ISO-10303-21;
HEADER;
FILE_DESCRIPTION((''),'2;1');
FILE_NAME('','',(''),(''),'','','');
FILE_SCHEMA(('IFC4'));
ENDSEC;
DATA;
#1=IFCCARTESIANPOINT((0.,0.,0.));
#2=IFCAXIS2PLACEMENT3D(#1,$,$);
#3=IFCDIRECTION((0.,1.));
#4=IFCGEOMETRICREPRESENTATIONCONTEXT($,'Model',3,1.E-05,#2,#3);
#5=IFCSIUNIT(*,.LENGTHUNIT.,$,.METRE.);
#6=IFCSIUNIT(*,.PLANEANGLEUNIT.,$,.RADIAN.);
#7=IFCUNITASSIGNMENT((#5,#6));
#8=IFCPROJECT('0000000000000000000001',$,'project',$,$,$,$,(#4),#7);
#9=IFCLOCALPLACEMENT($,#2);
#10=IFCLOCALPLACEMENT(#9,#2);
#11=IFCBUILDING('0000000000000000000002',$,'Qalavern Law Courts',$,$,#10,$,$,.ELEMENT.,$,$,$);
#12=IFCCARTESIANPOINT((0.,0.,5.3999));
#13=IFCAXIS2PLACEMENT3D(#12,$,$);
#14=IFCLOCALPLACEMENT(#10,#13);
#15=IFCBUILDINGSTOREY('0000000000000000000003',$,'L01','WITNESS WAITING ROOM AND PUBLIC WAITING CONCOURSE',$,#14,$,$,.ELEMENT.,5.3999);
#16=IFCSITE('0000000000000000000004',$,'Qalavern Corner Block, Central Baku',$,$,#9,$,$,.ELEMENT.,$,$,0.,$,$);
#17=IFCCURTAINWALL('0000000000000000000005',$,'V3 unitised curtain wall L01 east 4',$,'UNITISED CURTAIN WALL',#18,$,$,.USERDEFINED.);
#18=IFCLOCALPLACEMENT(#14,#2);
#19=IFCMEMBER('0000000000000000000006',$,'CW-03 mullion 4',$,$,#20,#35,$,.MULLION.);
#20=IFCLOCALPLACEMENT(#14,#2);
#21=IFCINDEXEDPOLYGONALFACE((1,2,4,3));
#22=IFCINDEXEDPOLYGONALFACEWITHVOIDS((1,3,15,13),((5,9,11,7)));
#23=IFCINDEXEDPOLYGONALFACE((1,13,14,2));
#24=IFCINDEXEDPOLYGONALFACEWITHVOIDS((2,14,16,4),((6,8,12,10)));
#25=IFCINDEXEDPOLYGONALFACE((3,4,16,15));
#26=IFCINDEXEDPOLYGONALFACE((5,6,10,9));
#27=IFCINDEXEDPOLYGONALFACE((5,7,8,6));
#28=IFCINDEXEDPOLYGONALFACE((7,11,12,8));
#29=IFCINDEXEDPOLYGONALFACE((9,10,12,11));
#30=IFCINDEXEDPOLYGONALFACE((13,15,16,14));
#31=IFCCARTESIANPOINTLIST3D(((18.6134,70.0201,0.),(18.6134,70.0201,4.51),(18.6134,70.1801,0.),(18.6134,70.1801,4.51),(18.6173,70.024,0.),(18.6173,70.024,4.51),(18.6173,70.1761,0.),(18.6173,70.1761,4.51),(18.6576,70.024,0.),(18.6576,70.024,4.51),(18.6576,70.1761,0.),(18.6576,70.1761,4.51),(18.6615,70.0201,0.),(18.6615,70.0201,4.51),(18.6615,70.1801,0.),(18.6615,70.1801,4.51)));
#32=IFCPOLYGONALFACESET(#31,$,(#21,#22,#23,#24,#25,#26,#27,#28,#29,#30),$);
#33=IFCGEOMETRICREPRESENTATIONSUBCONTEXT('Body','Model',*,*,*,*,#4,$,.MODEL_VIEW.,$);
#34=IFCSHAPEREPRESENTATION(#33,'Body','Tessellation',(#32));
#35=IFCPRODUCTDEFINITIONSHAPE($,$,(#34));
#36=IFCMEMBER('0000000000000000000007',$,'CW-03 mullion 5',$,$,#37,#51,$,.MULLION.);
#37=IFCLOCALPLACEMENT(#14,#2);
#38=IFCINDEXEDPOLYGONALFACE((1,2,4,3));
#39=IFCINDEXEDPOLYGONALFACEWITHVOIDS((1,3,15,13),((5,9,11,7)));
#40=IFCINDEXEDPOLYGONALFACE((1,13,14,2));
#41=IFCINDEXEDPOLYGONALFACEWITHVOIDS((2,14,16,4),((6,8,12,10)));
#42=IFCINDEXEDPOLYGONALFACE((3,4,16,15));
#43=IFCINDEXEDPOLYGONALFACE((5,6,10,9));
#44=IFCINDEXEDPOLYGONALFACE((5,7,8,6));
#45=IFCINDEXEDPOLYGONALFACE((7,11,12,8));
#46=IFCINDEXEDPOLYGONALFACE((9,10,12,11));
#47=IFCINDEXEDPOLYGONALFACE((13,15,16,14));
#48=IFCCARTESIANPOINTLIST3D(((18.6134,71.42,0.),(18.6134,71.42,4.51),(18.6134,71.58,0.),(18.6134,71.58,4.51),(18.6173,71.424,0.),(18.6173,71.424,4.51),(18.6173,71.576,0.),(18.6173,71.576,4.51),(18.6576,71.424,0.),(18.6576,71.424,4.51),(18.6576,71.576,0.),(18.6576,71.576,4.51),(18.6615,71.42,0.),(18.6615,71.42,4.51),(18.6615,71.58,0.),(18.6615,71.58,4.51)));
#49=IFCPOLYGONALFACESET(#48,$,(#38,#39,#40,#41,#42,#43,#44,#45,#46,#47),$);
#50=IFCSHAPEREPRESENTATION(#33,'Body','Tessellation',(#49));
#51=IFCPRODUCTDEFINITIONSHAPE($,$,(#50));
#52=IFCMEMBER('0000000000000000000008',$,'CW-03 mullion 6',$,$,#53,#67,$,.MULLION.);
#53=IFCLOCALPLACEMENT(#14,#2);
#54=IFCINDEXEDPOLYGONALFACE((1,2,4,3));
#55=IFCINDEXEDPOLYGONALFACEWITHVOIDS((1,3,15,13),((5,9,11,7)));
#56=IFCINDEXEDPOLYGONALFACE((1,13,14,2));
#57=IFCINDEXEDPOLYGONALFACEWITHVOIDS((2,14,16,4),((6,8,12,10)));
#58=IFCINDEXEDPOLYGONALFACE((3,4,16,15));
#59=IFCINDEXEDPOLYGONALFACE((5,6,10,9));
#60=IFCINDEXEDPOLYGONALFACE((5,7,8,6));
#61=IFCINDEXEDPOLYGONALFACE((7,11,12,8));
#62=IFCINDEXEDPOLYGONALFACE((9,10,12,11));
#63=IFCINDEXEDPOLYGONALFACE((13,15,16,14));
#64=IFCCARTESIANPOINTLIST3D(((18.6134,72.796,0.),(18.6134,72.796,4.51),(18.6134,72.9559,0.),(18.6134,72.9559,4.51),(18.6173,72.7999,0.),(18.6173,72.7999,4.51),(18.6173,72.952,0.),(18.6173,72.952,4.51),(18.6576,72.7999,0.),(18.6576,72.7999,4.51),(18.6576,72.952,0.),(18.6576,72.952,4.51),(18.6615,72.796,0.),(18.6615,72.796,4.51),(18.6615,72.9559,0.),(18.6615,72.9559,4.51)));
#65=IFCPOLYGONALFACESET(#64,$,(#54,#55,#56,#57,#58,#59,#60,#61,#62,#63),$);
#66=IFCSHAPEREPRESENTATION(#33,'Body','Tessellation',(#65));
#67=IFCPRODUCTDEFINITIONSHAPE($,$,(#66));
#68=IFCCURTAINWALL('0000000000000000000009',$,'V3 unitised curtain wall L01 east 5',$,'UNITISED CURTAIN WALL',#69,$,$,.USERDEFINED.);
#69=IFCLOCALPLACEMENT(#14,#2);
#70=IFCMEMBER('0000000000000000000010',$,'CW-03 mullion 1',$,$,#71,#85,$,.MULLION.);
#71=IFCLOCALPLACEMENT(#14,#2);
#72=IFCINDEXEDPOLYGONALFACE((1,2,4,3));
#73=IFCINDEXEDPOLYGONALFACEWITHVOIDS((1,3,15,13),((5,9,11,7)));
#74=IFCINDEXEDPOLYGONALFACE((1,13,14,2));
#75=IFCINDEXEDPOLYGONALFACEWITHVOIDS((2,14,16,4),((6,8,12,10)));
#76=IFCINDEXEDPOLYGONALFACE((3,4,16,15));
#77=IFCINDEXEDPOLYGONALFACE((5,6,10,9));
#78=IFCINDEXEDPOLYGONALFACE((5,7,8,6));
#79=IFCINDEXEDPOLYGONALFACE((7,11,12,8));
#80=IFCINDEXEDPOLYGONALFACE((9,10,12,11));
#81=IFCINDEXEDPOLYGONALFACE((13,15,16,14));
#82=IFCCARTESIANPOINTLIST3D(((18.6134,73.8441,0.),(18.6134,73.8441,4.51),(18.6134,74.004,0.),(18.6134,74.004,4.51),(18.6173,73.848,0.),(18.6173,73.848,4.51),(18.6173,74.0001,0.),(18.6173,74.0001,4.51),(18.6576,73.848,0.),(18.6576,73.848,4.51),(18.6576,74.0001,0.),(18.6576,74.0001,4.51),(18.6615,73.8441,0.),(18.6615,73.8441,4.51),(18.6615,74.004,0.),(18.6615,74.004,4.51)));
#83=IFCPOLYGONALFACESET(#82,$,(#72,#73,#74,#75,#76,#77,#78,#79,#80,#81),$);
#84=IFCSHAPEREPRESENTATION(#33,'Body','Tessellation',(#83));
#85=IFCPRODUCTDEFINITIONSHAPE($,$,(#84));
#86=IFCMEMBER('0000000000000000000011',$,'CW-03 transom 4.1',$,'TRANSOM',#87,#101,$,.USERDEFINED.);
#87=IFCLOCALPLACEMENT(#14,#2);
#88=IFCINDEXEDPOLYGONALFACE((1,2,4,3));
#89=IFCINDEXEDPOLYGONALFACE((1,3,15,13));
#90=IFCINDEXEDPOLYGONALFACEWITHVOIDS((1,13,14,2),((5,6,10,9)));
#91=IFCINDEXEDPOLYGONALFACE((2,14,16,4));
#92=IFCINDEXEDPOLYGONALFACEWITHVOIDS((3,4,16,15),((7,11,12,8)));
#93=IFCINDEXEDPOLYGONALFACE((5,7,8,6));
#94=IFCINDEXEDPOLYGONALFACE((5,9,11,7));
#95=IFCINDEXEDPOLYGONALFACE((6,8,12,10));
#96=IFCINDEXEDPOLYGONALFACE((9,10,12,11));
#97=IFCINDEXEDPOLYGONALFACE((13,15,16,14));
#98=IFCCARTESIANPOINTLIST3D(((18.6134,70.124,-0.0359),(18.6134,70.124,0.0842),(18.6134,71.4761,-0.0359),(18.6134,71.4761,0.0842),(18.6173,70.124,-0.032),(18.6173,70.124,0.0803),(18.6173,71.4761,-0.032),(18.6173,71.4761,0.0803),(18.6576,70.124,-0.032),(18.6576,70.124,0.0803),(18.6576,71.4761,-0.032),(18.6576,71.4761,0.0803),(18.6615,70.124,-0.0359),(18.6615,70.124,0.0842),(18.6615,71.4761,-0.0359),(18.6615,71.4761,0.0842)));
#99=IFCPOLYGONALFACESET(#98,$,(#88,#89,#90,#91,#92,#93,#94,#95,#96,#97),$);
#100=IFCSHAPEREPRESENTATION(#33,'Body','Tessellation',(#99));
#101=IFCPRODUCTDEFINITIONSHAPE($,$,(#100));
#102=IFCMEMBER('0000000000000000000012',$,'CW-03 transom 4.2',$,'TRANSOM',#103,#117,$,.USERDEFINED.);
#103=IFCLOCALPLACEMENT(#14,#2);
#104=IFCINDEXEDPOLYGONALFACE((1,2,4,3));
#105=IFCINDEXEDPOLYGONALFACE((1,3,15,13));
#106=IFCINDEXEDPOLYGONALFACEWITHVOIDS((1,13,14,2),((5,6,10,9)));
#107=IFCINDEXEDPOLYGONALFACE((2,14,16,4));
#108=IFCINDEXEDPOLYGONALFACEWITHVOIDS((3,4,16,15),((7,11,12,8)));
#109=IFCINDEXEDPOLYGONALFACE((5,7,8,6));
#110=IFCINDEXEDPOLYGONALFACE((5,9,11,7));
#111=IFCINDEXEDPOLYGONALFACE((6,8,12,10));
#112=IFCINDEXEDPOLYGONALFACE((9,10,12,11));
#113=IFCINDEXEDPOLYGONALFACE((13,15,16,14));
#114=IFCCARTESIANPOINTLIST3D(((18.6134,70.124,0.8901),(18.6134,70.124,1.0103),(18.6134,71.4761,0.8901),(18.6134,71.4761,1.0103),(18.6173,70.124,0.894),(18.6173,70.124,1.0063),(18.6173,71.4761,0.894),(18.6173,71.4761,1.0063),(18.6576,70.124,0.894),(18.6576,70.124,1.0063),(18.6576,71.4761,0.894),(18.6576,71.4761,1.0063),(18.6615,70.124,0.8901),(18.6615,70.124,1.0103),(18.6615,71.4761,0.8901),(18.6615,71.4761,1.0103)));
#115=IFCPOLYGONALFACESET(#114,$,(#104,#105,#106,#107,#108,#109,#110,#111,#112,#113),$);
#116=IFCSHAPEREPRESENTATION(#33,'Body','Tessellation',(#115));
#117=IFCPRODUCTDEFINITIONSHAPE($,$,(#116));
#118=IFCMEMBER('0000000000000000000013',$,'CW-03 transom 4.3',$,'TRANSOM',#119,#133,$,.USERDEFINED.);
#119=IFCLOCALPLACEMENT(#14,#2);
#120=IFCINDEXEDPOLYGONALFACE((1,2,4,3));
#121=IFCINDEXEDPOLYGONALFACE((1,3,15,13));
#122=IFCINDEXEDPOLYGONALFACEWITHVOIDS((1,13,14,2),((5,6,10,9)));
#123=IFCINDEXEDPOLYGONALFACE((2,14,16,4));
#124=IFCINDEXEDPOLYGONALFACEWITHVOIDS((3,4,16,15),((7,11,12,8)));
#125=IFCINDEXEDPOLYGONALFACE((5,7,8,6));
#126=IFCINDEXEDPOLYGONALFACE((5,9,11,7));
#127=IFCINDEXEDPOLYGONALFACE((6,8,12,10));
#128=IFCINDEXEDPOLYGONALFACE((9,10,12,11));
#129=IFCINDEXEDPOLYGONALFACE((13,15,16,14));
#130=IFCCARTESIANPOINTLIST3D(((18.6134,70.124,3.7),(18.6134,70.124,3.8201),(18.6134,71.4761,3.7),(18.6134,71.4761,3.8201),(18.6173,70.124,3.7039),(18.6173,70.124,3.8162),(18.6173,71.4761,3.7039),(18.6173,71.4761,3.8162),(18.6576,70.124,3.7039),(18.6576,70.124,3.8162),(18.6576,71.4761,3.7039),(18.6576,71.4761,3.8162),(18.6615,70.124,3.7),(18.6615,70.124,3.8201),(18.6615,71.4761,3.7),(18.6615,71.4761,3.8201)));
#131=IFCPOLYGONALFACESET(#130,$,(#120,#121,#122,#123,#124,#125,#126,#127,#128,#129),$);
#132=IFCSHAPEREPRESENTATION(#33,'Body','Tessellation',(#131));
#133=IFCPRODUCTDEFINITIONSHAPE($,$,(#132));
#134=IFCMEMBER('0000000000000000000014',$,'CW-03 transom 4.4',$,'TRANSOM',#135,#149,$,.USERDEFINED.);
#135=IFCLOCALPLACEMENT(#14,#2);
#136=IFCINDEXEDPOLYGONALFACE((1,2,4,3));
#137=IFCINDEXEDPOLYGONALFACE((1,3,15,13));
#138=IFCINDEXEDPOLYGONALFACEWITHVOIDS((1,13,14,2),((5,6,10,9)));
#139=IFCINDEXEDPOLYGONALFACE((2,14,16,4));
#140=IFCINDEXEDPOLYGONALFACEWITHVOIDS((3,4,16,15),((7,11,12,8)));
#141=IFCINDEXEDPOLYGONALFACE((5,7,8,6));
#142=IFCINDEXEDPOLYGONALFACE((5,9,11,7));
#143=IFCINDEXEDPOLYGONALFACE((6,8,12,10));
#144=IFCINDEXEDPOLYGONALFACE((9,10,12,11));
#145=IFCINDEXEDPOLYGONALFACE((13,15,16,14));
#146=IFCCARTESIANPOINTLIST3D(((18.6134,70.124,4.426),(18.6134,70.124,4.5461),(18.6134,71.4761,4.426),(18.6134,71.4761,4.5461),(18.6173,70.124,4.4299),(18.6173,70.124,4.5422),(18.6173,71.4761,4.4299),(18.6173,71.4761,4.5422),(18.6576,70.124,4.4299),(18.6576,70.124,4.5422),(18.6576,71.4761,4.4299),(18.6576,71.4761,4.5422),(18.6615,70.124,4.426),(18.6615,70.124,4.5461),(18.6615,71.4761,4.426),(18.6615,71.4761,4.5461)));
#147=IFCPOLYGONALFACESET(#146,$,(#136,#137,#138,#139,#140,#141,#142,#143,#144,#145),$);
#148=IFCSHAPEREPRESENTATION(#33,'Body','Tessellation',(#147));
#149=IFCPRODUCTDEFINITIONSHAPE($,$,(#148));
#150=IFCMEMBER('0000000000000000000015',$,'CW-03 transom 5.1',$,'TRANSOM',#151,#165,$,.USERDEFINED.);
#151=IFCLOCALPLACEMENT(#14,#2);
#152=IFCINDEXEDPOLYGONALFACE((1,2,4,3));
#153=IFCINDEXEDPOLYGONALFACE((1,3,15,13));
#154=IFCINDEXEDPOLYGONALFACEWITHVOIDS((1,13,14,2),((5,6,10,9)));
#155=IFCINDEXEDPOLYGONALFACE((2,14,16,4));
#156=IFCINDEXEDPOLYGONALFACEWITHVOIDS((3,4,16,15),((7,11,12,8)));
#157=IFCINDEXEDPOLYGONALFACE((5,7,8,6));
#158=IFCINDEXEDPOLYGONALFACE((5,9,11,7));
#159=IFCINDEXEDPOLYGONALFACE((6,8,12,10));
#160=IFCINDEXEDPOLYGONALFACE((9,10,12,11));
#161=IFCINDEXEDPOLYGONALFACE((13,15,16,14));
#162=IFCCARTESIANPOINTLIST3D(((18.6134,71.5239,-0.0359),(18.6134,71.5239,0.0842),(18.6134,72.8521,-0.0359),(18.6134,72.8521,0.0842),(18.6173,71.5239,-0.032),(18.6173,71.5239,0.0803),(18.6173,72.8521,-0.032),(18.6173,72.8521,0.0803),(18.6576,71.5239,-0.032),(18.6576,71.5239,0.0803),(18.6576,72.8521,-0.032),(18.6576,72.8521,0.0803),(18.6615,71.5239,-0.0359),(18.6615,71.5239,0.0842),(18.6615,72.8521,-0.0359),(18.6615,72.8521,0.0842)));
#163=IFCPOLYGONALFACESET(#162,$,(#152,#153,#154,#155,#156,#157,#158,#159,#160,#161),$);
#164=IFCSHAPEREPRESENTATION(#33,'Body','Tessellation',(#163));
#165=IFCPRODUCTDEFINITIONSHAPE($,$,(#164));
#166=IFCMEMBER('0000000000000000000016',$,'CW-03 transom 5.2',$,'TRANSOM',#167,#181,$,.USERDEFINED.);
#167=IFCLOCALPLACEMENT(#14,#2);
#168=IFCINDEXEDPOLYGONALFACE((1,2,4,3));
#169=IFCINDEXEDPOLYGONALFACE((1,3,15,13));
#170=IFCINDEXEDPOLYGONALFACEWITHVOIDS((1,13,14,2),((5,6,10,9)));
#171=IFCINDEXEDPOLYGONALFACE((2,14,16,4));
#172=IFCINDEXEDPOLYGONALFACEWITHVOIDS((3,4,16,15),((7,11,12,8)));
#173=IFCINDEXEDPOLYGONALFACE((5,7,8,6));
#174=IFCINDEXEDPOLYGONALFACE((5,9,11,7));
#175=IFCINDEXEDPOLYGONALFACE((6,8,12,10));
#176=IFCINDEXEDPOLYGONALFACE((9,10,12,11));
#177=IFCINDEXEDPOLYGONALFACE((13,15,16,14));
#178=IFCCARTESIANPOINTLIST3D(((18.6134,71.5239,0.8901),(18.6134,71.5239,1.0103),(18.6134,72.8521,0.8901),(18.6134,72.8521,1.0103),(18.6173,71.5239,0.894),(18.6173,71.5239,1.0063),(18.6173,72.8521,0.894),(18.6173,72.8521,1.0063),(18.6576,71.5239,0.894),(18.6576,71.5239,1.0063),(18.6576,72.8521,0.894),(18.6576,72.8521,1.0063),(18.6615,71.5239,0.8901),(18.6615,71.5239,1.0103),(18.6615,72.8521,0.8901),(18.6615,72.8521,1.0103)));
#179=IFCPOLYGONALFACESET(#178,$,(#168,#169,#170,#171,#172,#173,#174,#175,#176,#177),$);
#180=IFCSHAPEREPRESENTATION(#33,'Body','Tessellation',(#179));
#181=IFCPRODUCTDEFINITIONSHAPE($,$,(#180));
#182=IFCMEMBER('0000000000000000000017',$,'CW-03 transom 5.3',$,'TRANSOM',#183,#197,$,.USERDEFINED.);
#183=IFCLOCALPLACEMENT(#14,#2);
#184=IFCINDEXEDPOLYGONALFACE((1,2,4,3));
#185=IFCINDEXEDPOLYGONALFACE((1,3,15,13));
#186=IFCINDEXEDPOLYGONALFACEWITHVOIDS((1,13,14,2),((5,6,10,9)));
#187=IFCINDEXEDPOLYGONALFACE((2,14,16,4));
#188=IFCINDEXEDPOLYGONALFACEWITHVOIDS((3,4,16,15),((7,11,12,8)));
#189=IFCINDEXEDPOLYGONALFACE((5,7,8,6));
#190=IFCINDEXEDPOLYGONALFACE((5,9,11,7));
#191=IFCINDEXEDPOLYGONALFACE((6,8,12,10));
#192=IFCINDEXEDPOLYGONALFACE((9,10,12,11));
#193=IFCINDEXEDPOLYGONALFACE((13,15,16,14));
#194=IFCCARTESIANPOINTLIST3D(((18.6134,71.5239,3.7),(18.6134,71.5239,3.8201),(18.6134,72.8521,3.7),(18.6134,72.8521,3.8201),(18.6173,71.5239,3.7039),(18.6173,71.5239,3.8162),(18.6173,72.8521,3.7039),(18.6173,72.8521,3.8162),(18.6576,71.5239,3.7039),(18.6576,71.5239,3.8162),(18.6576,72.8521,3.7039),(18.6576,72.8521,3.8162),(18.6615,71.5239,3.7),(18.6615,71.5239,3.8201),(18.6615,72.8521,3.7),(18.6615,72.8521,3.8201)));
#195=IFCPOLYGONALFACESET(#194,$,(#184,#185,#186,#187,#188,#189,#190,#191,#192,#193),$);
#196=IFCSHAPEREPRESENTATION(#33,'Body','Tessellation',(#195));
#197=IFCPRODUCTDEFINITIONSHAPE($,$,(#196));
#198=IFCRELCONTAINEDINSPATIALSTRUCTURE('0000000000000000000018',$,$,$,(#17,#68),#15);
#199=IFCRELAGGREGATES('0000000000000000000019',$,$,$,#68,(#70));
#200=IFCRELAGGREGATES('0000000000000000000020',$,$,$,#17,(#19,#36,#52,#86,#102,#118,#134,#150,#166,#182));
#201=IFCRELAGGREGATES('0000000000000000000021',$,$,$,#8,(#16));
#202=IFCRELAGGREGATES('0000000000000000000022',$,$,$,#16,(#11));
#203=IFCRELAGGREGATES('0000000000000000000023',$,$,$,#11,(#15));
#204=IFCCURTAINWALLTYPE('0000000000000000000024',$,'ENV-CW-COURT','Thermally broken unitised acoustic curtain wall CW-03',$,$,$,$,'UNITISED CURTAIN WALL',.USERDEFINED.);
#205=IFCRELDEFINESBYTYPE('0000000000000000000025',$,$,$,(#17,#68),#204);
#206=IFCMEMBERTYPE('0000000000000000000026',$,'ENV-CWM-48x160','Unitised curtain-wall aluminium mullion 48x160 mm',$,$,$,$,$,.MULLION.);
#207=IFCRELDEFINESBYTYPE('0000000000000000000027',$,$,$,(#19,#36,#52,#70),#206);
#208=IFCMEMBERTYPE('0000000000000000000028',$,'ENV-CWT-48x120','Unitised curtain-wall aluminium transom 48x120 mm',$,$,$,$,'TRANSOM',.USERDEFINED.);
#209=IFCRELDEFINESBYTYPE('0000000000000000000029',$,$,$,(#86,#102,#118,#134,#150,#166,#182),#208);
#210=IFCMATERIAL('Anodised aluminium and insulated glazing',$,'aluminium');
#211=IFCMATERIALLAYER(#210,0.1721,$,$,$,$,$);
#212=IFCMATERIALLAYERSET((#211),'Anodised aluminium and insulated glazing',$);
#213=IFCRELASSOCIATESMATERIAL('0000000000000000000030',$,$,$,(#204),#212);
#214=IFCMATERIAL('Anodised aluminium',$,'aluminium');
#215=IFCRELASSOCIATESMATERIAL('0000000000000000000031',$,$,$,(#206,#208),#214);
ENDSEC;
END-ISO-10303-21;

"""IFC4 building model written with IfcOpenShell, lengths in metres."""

from ifc_helpers import new_model, si_unit, direction, frame, origin, origin_2d, place, context, subcontext, project, spatial, hollow_rectangle, extrude, material, layer, layer_set, material_profile, profile_set, type_object, element, aggregate, save


model = new_model("IFC4")

# Units and contexts
model_context = context("Model", 3, precision=1e-05, world=origin(), true_north=direction((0.0, 1.0)))
body_context = subcontext(model_context, "Body", "Model", "MODEL_VIEW")
ifc_project = project(units=[si_unit("LENGTHUNIT", "METRE"), si_unit("PLANEANGLEUNIT", "RADIAN")], contexts=[model_context])

# Site, building, storey
site_placement = place(None, origin())
site = spatial("IfcSite", under=ifc_project, at=site_placement, Name="Qalavern Corner Block, Central Baku", CompositionType="ELEMENT", RefElevation=0.0)
building_placement = place(site_placement, origin())
building = spatial("IfcBuilding", under=site, at=building_placement, Name="Qalavern Law Courts", CompositionType="ELEMENT")
storey_placement = place(building_placement, frame((0.0, 0.0, 5.3999)))
storey = spatial("IfcBuildingStorey", under=building, at=storey_placement, Name="L01", Description="WITNESS WAITING ROOM AND PUBLIC WAITING CONCOURSE", CompositionType="ELEMENT", Elevation=5.3999)

# Curtain wall, members
ifc_material_1 = material(Name="Anodised aluminium and insulated glazing", Category="aluminium")
ifc_layer_1 = layer(ifc_material_1, 0.1721)
ifc_layer_set_1 = layer_set([ifc_layer_1], Name="Anodised aluminium and insulated glazing")
curtain_wall_type = type_object("IfcCurtainWallType", Name="ENV-CW-COURT", Description="Thermally broken unitised acoustic curtain wall CW-03", ElementType="UNITISED CURTAIN WALL", PredefinedType="USERDEFINED", material=ifc_layer_set_1)
curtain_wall_1_placement = place(storey_placement, origin())
curtain_wall_1 = element("IfcCurtainWall", 1, at=curtain_wall_1_placement, inside=storey, type_object=curtain_wall_type, Name="V3 unitised curtain wall L01 east 4", ObjectType="UNITISED CURTAIN WALL", PredefinedType="USERDEFINED")
ifc_material_2 = material(Name="Anodised aluminium", Category="aluminium")
ifc_material_profile_1 = material_profile(ifc_material_2, hollow_rectangle(XDim=0.0481, YDim=0.1599, WallThickness=0.0039, at=origin_2d()), Name="ALU MULLION 48x160")
ifc_profile_set_1 = profile_set([ifc_material_profile_1], Name="Anodised aluminium")
member_type_1 = type_object("IfcMemberType", Name="ENV-CWM-48x160", Description="Unitised curtain-wall aluminium mullion 48x160 mm", PredefinedType="MULLION", material=ifc_profile_set_1)
member_1_placement = place(storey_placement, frame((18.6375, 70.1001, 0.0), z_axis=(0.0, 0.0, 1.0), x_axis=(-1.0, 0.0, 0.0)))
member_1 = element("IfcMember", 2, at=member_1_placement, type_object=member_type_1, Name="CW-03 mullion 4", PredefinedType="MULLION", context=body_context, shape_type="SweptSolid", body=[
    extrude(hollow_rectangle(XDim=0.0481, YDim=0.1599, WallThickness=0.0039, at=origin_2d()), origin(), (0.0, 0.0, 1.0), 4.51),
])
member_2_placement = place(storey_placement, frame((18.6375, 71.5, 0.0), z_axis=(0.0, 0.0, 1.0), x_axis=(-1.0, 0.0, 0.0)))
member_2 = element("IfcMember", 3, at=member_2_placement, type_object=member_type_1, Name="CW-03 mullion 5", PredefinedType="MULLION", context=body_context, shape_type="SweptSolid", body=[
    extrude(hollow_rectangle(XDim=0.0481, YDim=0.1599, WallThickness=0.0039, at=origin_2d()), origin(), (0.0, 0.0, 1.0), 4.51),
])
member_3_placement = place(storey_placement, frame((18.6375, 72.876, 0.0), z_axis=(0.0, 0.0, 1.0), x_axis=(-1.0, 0.0, 0.0)))
member_3 = element("IfcMember", 4, at=member_3_placement, type_object=member_type_1, Name="CW-03 mullion 6", PredefinedType="MULLION", context=body_context, shape_type="SweptSolid", body=[
    extrude(hollow_rectangle(XDim=0.0481, YDim=0.1599, WallThickness=0.0039, at=origin_2d()), origin(), (0.0, 0.0, 1.0), 4.51),
])

# Curtain wall, member
curtain_wall_2_placement = place(storey_placement, origin())
curtain_wall_2 = element("IfcCurtainWall", 5, at=curtain_wall_2_placement, inside=storey, type_object=curtain_wall_type, Name="V3 unitised curtain wall L01 east 5", ObjectType="UNITISED CURTAIN WALL", PredefinedType="USERDEFINED")
member_4_placement = place(storey_placement, frame((18.6375, 73.9241, 0.0), z_axis=(0.0, 0.0, 1.0), x_axis=(-1.0, 0.0, 0.0)))
member_4 = element("IfcMember", 6, at=member_4_placement, type_object=member_type_1, Name="CW-03 mullion 1", PredefinedType="MULLION", context=body_context, shape_type="SweptSolid", body=[
    extrude(hollow_rectangle(XDim=0.0481, YDim=0.1599, WallThickness=0.0039, at=origin_2d()), origin(), (0.0, 0.0, 1.0), 4.51),
])

# Members
ifc_material_profile_2 = material_profile(ifc_material_2, hollow_rectangle(XDim=0.0481, YDim=0.1201, WallThickness=0.0039, at=origin_2d()), Name="ALU TRANSOM 48x120")
ifc_profile_set_2 = profile_set([ifc_material_profile_2], Name="Anodised aluminium")
member_type_2 = type_object("IfcMemberType", Name="ENV-CWT-48x120", Description="Unitised curtain-wall aluminium transom 48x120 mm", ElementType="TRANSOM", PredefinedType="USERDEFINED", material=ifc_profile_set_2)
member_5_placement = place(storey_placement, frame((18.6375, 70.124, 0.0242), z_axis=(0.0, 1.0, 0.0), x_axis=(-1.0, 0.0, 0.0)))
member_5 = element("IfcMember", 7, at=member_5_placement, type_object=member_type_2, Name="CW-03 transom 4.1", ObjectType="TRANSOM", PredefinedType="USERDEFINED", context=body_context, shape_type="SweptSolid", body=[
    extrude(hollow_rectangle(XDim=0.0481, YDim=0.1201, WallThickness=0.0039, at=origin_2d()), origin(), (0.0, 0.0, 1.0), 1.3521),
])
member_6_placement = place(storey_placement, frame((18.6375, 70.124, 0.9502), z_axis=(0.0, 1.0, 0.0), x_axis=(-1.0, 0.0, 0.0)))
member_6 = element("IfcMember", 8, at=member_6_placement, type_object=member_type_2, Name="CW-03 transom 4.2", ObjectType="TRANSOM", PredefinedType="USERDEFINED", context=body_context, shape_type="SweptSolid", body=[
    extrude(hollow_rectangle(XDim=0.0481, YDim=0.1201, WallThickness=0.0039, at=origin_2d()), origin(), (0.0, 0.0, 1.0), 1.3521),
])
member_7_placement = place(storey_placement, frame((18.6375, 70.124, 3.76), z_axis=(0.0, 1.0, 0.0), x_axis=(-1.0, 0.0, 0.0)))
member_7 = element("IfcMember", 9, at=member_7_placement, type_object=member_type_2, Name="CW-03 transom 4.3", ObjectType="TRANSOM", PredefinedType="USERDEFINED", context=body_context, shape_type="SweptSolid", body=[
    extrude(hollow_rectangle(XDim=0.0481, YDim=0.1201, WallThickness=0.0039, at=origin_2d()), origin(), (0.0, 0.0, 1.0), 1.3521),
])
member_8_placement = place(storey_placement, frame((18.6375, 70.124, 4.4861), z_axis=(0.0, 1.0, 0.0), x_axis=(-1.0, 0.0, 0.0)))
member_8 = element("IfcMember", 10, at=member_8_placement, type_object=member_type_2, Name="CW-03 transom 4.4", ObjectType="TRANSOM", PredefinedType="USERDEFINED", context=body_context, shape_type="SweptSolid", body=[
    extrude(hollow_rectangle(XDim=0.0481, YDim=0.1201, WallThickness=0.0039, at=origin_2d()), origin(), (0.0, 0.0, 1.0), 1.3521),
])
member_9_placement = place(storey_placement, frame((18.6375, 71.5239, 0.0242), z_axis=(0.0, 1.0, 0.0), x_axis=(-1.0, 0.0, 0.0)))
member_9 = element("IfcMember", 11, at=member_9_placement, type_object=member_type_2, Name="CW-03 transom 5.1", ObjectType="TRANSOM", PredefinedType="USERDEFINED", context=body_context, shape_type="SweptSolid", body=[
    extrude(hollow_rectangle(XDim=0.0481, YDim=0.1201, WallThickness=0.0039, at=origin_2d()), origin(), (0.0, 0.0, 1.0), 1.3281),
])
member_10_placement = place(storey_placement, frame((18.6375, 71.5239, 0.9502), z_axis=(0.0, 1.0, 0.0), x_axis=(-1.0, 0.0, 0.0)))
member_10 = element("IfcMember", 12, at=member_10_placement, type_object=member_type_2, Name="CW-03 transom 5.2", ObjectType="TRANSOM", PredefinedType="USERDEFINED", context=body_context, shape_type="SweptSolid", body=[
    extrude(hollow_rectangle(XDim=0.0481, YDim=0.1201, WallThickness=0.0039, at=origin_2d()), origin(), (0.0, 0.0, 1.0), 1.3281),
])
member_11_placement = place(storey_placement, frame((18.6375, 71.5239, 3.76), z_axis=(0.0, 1.0, 0.0), x_axis=(-1.0, 0.0, 0.0)))
member_11 = element("IfcMember", 13, at=member_11_placement, type_object=member_type_2, Name="CW-03 transom 5.3", ObjectType="TRANSOM", PredefinedType="USERDEFINED", context=body_context, shape_type="SweptSolid", body=[
    extrude(hollow_rectangle(XDim=0.0481, YDim=0.1201, WallThickness=0.0039, at=origin_2d()), origin(), (0.0, 0.0, 1.0), 1.3281),
])
aggregate(curtain_wall_2, [member_4])

aggregate(curtain_wall_1, [member_1, member_2, member_3, member_5, member_6, member_7, member_8, member_9, member_10, member_11])

save(model, "model.ifc")
